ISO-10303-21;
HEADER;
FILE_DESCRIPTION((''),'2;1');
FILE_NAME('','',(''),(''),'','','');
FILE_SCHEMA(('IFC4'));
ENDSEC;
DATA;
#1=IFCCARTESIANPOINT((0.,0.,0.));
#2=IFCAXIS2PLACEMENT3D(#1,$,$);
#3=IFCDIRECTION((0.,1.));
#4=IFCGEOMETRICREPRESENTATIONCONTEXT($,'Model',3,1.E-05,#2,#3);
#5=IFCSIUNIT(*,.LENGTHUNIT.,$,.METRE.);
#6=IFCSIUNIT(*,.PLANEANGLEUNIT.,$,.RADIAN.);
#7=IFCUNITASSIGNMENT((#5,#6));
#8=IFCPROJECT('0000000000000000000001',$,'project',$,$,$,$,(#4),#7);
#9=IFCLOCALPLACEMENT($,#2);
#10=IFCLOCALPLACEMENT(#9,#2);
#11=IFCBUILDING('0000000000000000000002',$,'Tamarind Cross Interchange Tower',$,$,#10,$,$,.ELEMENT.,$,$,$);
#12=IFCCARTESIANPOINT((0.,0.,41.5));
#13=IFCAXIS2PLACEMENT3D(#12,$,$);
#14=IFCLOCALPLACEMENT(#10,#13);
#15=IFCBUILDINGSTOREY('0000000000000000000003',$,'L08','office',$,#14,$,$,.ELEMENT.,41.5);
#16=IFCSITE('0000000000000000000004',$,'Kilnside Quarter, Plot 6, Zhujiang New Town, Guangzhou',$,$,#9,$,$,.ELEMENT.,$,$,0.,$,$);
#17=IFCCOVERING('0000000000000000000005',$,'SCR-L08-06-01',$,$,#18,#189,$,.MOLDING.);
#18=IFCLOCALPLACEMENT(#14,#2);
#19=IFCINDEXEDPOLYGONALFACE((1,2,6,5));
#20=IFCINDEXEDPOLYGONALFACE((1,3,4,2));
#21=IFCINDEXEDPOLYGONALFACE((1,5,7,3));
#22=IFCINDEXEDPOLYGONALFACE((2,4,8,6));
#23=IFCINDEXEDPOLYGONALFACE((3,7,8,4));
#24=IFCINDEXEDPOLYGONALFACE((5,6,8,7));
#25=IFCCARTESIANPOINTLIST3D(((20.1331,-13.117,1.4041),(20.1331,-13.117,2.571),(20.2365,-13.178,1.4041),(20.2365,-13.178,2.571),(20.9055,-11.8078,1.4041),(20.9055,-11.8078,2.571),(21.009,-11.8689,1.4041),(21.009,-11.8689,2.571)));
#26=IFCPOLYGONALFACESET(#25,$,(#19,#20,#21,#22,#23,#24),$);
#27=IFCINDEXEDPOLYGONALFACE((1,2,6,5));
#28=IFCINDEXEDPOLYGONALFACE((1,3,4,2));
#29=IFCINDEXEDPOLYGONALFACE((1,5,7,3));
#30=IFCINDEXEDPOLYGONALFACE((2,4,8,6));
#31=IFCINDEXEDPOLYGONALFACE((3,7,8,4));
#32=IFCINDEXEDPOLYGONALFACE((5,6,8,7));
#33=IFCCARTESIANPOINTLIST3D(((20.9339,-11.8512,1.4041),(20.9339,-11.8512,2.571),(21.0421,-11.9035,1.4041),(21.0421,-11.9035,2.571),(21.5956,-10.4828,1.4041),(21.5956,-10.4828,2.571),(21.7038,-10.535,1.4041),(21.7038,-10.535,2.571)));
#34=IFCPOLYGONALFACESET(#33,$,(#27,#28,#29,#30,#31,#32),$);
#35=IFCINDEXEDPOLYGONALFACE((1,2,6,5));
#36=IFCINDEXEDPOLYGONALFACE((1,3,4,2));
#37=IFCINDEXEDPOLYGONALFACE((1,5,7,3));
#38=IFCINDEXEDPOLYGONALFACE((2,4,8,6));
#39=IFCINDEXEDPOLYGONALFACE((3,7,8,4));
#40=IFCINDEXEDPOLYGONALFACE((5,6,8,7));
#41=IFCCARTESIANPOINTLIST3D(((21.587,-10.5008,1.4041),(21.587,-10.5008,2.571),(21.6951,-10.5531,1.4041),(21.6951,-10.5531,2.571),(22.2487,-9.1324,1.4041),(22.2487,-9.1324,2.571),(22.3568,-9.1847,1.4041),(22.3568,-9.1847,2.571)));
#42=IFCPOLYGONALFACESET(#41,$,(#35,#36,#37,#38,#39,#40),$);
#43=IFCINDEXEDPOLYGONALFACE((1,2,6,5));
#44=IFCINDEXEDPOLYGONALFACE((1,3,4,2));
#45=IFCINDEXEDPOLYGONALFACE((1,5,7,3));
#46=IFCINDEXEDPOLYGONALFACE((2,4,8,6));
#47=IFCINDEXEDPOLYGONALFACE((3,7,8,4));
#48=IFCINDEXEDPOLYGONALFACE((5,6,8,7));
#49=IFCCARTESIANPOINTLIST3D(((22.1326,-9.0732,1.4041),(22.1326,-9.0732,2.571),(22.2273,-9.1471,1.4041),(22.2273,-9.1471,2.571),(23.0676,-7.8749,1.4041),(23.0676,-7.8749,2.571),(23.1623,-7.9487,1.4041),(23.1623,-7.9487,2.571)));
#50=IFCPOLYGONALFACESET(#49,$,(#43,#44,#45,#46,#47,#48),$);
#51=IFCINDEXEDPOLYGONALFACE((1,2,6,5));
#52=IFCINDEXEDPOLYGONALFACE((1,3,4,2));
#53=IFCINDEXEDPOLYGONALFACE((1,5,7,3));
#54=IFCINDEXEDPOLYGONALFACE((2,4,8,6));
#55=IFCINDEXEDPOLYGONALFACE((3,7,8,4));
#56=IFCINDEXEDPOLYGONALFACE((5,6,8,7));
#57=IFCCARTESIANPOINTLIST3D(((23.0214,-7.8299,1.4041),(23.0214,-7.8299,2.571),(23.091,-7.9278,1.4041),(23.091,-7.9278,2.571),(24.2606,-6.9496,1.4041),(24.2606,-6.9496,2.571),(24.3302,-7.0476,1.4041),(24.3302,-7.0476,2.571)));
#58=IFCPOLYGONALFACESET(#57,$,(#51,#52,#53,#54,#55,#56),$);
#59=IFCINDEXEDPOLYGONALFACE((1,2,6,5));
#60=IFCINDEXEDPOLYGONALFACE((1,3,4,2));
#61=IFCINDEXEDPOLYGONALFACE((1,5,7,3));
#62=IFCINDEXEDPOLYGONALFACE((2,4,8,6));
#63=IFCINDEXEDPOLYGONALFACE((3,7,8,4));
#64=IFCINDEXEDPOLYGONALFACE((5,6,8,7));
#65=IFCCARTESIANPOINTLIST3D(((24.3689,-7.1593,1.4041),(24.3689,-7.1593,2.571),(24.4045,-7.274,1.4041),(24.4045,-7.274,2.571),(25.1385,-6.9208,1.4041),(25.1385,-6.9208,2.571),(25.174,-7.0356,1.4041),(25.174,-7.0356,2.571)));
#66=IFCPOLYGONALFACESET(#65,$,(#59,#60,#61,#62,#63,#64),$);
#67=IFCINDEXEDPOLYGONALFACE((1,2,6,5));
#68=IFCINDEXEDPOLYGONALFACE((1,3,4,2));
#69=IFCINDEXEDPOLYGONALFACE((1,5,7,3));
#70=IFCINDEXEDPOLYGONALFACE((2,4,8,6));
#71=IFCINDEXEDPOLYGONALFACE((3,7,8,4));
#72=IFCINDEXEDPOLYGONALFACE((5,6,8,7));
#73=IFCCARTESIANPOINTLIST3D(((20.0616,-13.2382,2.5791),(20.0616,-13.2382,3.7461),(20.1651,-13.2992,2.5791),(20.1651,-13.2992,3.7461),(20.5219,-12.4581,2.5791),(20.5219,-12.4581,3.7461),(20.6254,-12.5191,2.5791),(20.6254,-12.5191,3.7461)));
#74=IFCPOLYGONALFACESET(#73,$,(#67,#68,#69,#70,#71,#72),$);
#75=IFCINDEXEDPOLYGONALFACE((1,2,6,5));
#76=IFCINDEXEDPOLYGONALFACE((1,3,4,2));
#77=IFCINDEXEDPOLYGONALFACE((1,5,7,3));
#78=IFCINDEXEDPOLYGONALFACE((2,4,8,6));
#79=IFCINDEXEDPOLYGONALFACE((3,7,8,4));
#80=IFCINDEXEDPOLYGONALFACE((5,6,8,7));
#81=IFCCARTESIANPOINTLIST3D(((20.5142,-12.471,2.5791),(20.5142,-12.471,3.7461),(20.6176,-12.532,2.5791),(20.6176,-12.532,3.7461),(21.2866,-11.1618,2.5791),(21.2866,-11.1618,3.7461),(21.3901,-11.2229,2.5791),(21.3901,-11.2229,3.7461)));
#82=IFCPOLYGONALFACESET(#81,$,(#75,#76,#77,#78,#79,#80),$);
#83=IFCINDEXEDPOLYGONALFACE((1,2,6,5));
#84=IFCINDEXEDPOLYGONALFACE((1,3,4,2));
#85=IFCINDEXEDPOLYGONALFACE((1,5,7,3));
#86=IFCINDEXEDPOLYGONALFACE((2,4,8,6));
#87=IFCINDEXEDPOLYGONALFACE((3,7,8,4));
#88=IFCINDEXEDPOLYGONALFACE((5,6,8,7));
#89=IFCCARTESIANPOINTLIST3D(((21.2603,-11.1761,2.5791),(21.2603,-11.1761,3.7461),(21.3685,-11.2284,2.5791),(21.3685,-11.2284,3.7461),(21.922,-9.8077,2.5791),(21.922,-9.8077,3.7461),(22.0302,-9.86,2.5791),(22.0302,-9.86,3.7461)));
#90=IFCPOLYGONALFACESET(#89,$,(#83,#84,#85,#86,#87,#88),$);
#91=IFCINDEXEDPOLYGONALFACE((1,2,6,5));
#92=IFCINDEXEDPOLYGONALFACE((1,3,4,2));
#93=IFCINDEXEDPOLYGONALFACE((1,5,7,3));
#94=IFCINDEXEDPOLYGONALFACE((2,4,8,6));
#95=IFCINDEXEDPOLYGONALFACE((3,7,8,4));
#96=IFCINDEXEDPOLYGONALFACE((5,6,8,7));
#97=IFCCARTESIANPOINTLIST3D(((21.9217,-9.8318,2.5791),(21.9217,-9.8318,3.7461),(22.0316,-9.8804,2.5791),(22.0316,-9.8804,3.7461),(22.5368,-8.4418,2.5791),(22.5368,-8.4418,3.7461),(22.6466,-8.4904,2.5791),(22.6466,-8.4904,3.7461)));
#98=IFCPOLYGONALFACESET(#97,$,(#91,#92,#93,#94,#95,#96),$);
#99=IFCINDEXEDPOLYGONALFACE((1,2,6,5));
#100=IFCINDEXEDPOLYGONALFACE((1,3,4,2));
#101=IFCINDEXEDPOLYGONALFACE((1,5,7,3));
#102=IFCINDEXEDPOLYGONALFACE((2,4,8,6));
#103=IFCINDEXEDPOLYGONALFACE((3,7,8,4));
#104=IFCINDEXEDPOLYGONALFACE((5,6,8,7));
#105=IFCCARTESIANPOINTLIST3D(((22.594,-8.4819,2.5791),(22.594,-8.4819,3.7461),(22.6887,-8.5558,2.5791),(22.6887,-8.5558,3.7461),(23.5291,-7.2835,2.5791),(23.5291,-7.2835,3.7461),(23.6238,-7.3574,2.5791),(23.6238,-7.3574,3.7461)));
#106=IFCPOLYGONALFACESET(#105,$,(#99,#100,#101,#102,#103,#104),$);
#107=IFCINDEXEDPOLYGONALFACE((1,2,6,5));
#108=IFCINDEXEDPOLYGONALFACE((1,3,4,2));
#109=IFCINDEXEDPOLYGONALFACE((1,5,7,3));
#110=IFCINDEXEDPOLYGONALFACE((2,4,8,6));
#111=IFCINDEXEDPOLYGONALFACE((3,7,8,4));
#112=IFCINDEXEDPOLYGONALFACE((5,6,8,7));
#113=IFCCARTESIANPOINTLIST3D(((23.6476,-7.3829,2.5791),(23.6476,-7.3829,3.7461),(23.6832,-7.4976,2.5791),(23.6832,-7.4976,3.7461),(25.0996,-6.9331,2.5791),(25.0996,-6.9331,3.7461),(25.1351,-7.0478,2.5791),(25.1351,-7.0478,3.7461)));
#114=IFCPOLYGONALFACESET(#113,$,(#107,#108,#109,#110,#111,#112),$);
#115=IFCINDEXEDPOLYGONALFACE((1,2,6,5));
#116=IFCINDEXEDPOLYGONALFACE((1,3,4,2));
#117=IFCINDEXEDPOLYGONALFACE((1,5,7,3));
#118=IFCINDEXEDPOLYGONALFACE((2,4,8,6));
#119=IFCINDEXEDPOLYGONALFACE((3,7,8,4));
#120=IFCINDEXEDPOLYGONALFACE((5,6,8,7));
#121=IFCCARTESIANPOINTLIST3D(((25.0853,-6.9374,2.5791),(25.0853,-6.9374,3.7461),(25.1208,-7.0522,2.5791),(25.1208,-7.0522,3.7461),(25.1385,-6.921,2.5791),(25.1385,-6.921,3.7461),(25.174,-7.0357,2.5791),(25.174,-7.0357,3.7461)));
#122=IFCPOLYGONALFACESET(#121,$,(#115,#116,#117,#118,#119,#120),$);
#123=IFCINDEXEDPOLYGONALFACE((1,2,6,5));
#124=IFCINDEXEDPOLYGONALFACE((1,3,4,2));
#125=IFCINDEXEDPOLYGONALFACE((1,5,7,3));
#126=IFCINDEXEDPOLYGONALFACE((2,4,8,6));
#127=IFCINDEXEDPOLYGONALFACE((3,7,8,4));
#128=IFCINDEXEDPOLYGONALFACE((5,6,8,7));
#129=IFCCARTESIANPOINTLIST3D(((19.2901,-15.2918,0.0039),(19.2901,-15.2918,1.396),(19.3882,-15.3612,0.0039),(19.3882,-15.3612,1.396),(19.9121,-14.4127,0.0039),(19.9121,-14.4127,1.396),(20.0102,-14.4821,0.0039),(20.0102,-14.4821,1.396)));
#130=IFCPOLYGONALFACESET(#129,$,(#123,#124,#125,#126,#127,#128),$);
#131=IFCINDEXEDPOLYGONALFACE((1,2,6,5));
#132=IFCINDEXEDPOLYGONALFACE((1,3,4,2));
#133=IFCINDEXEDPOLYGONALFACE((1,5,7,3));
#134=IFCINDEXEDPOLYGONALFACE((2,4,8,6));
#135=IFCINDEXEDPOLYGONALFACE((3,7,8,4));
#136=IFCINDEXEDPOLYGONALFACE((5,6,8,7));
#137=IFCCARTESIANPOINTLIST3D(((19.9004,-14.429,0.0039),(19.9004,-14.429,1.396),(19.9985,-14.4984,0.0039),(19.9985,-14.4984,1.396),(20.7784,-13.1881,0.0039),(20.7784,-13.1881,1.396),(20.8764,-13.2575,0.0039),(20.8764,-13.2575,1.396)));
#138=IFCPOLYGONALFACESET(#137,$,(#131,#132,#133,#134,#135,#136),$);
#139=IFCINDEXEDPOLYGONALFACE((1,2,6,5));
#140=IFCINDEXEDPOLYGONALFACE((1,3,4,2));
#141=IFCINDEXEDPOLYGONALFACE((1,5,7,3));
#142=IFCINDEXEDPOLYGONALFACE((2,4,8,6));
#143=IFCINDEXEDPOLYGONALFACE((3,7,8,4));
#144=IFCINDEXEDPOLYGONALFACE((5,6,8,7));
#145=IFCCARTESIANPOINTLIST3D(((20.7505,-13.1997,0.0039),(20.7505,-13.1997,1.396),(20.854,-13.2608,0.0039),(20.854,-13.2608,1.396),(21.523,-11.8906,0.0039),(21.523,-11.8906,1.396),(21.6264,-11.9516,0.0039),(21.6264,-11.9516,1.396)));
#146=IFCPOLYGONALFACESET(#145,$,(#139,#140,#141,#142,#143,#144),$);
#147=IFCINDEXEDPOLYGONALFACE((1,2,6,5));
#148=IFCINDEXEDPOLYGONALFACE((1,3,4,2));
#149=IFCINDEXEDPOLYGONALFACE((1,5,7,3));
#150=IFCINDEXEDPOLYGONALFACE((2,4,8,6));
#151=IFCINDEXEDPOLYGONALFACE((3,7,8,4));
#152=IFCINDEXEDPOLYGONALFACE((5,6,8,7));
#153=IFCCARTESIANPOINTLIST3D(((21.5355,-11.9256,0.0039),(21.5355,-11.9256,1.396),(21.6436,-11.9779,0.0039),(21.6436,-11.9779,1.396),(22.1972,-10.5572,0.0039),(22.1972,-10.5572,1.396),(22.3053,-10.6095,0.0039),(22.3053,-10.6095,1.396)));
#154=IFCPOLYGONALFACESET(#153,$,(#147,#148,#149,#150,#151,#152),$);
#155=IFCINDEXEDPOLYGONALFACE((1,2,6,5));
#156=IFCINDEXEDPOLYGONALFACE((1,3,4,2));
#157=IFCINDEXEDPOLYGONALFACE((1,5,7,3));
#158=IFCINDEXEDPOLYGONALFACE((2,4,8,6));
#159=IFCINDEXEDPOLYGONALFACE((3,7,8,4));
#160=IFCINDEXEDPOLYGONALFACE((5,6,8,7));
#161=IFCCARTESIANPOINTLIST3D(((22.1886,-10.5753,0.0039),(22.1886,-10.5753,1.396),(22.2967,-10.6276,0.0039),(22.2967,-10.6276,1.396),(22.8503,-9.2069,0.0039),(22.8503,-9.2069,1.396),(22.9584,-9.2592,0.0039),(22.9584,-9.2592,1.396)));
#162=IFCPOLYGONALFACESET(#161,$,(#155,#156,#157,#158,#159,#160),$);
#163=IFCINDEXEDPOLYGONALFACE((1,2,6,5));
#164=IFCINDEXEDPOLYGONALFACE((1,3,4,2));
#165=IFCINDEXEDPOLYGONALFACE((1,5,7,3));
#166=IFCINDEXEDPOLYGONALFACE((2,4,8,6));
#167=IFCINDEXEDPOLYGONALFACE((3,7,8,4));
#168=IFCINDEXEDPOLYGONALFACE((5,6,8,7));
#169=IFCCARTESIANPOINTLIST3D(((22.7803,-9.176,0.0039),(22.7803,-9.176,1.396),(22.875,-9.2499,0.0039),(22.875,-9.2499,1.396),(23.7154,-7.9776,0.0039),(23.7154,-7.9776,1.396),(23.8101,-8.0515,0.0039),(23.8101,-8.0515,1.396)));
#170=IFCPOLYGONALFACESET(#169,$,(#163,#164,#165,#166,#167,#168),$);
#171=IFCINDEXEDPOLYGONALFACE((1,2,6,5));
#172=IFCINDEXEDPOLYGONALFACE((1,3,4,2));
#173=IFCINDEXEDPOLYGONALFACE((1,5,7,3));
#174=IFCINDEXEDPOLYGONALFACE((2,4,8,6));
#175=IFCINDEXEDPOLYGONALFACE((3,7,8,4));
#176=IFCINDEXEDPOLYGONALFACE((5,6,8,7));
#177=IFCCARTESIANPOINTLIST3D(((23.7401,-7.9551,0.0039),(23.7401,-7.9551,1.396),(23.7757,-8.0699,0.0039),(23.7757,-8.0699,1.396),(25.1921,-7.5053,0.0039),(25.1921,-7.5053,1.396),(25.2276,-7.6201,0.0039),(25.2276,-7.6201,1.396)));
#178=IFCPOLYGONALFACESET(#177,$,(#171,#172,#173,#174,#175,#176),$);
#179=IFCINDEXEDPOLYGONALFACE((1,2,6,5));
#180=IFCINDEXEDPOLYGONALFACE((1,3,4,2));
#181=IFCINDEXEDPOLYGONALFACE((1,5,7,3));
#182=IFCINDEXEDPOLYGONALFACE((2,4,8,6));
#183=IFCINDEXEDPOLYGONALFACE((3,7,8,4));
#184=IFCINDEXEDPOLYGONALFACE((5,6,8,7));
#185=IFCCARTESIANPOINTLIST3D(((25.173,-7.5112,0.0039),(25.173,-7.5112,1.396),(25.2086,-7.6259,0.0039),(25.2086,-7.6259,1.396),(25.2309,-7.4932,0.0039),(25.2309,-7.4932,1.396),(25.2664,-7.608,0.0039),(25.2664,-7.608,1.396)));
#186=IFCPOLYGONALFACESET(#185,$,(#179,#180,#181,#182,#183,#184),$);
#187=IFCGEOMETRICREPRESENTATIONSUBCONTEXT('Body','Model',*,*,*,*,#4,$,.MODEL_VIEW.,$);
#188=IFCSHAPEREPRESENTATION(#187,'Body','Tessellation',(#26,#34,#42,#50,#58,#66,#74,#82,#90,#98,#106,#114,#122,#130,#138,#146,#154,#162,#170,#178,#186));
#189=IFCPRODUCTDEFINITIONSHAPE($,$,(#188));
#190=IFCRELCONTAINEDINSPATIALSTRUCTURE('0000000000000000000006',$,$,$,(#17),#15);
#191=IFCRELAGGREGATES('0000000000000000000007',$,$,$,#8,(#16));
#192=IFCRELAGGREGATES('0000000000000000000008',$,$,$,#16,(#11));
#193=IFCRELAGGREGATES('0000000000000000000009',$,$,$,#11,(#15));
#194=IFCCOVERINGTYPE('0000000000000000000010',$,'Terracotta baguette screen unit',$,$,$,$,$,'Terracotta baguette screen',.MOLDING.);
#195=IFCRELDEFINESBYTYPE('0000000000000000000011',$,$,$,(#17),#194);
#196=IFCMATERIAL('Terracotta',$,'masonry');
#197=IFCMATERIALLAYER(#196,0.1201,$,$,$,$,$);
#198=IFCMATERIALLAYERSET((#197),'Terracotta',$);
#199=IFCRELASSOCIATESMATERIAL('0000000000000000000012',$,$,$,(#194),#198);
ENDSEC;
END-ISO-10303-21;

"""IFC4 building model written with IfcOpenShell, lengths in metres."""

from ifc_helpers import new_model, si_unit, direction, frame, origin, origin_2d, place, context, subcontext, project, spatial, rectangle, extrude, material, layer, layer_set, type_object, element, save


model = new_model("IFC4")

# Units and contexts
model_context = context("Model", 3, precision=1e-05, world=origin(), true_north=direction((0.0, 1.0)))
body_context = subcontext(model_context, "Body", "Model", "MODEL_VIEW")
ifc_project = project(units=[si_unit("LENGTHUNIT", "METRE"), si_unit("PLANEANGLEUNIT", "RADIAN")], contexts=[model_context])

# Site, building, storey
site_placement = place(None, origin())
site = spatial("IfcSite", under=ifc_project, at=site_placement, Name="Kilnside Quarter, Plot 6, Zhujiang New Town, Guangzhou", CompositionType="ELEMENT", RefElevation=0.0)
building_placement = place(site_placement, origin())
building = spatial("IfcBuilding", under=site, at=building_placement, Name="Tamarind Cross Interchange Tower", CompositionType="ELEMENT")
storey_placement = place(building_placement, frame((0.0, 0.0, 41.5)))
storey = spatial("IfcBuildingStorey", under=building, at=storey_placement, Name="L08", Description="office", CompositionType="ELEMENT", Elevation=41.5)

# Covering
ifc_material_1 = material(Name="Terracotta", Category="masonry")
ifc_layer_1 = layer(ifc_material_1, 0.1201)
ifc_layer_set_1 = layer_set([ifc_layer_1], Name="Terracotta")
covering_type = type_object("IfcCoveringType", Name="Terracotta baguette screen unit", ElementType="Terracotta baguette screen", PredefinedType="MOLDING", material=ifc_layer_set_1)
covering_1_placement = place(storey_placement, origin())
element("IfcCovering", 1, at=covering_1_placement, inside=storey, type_object=covering_type, Name="SCR-L08-06-01", PredefinedType="MOLDING", context=body_context, shape_type="SweptSolid", body=[
    extrude(rectangle(XDim=1.52, YDim=0.1201, at=origin_2d()), frame((20.571, -12.4929, 1.4041), z_axis=(0.0, 0.0, 1.0), x_axis=(0.508183, 0.861249, 0.0)), (0.0, 0.0, 1.0), 1.167),
    extrude(rectangle(XDim=1.52, YDim=0.1201, at=origin_2d()), frame((21.3188, -11.1931, 1.4041), z_axis=(0.0, 0.0, 1.0), x_axis=(0.435326, 0.900273, 0.0)), (0.0, 0.0, 1.0), 1.167),
    extrude(rectangle(XDim=1.52, YDim=0.1201, at=origin_2d()), frame((21.9719, -9.8428, 1.4041), z_axis=(0.0, 0.0, 1.0), x_axis=(0.435326, 0.900273, 0.0)), (0.0, 0.0, 1.0), 1.167),
    extrude(rectangle(XDim=1.52, YDim=0.1201, at=origin_2d()), frame((22.6475, -8.511, 1.4041), z_axis=(0.0, 0.0, 1.0), x_axis=(0.615172, 0.788393, 0.0)), (0.0, 0.0, 1.0), 1.167),
    extrude(rectangle(XDim=1.52, YDim=0.1201, at=origin_2d()), frame((23.6758, -7.4387, 1.4041), z_axis=(0.0, 0.0, 1.0), x_axis=(0.81526, 0.579095, 0.0)), (0.0, 0.0, 1.0), 1.167),
    extrude(rectangle(XDim=0.8057, YDim=0.1201, at=origin_2d()), frame((24.7715, -7.0974, 1.4041), z_axis=(0.0, 0.0, 1.0), x_axis=(0.955212, 0.295922, 0.0)), (0.0, 0.0, 1.0), 1.167),
    extrude(rectangle(XDim=0.9058, YDim=0.1201, at=origin_2d()), frame((20.3435, -12.8787, 2.5791), z_axis=(0.0, 0.0, 1.0), x_axis=(0.508183, 0.861249, 0.0)), (0.0, 0.0, 1.0), 1.167),
    extrude(rectangle(XDim=1.52, YDim=0.1201, at=origin_2d()), frame((20.9521, -11.8469, 2.5791), z_axis=(0.0, 0.0, 1.0), x_axis=(0.508183, 0.861249, 0.0)), (0.0, 0.0, 1.0), 1.167),
    extrude(rectangle(XDim=1.52, YDim=0.1201, at=origin_2d()), frame((21.6453, -10.5181, 2.5791), z_axis=(0.0, 0.0, 1.0), x_axis=(0.435326, 0.900273, 0.0)), (0.0, 0.0, 1.0), 1.167),
    extrude(rectangle(XDim=1.52, YDim=0.1201, at=origin_2d()), frame((22.2842, -9.1611, 2.5791), z_axis=(0.0, 0.0, 1.0), x_axis=(0.40464, 0.914476, 0.0)), (0.0, 0.0, 1.0), 1.167),
    extrude(rectangle(XDim=1.52, YDim=0.1201, at=origin_2d()), frame((23.1089, -7.9197, 2.5791), z_axis=(0.0, 0.0, 1.0), x_axis=(0.615172, 0.788393, 0.0)), (0.0, 0.0, 1.0), 1.167),
    extrude(rectangle(XDim=1.52, YDim=0.1201, at=origin_2d()), frame((24.3914, -7.2153, 2.5791), z_axis=(0.0, 0.0, 1.0), x_axis=(0.955212, 0.295922, 0.0)), (0.0, 0.0, 1.0), 1.167),
    extrude(rectangle(XDim=0.0557, YDim=0.1201, at=origin_2d()), frame((25.1296, -6.9866, 2.5791), z_axis=(0.0, 0.0, 1.0), x_axis=(0.955212, 0.295922, 0.0)), (0.0, 0.0, 1.0), 1.167),
    extrude(rectangle(XDim=1.0769, YDim=0.1201, at=origin_2d()), frame((19.6501, -14.887, 0.0039), z_axis=(0.0, 0.0, 1.0), x_axis=(0.577569, 0.816342, 0.0)), (0.0, 0.0, 1.0), 1.3921),
    extrude(rectangle(XDim=1.52, YDim=0.1201, at=origin_2d()), frame((20.3884, -13.8433, 0.0039), z_axis=(0.0, 0.0, 1.0), x_axis=(0.577569, 0.816342, 0.0)), (0.0, 0.0, 1.0), 1.3921),
    extrude(rectangle(XDim=1.52, YDim=0.1201, at=origin_2d()), frame((21.1885, -12.5757, 0.0039), z_axis=(0.0, 0.0, 1.0), x_axis=(0.508183, 0.861249, 0.0)), (0.0, 0.0, 1.0), 1.3921),
    extrude(rectangle(XDim=1.52, YDim=0.1201, at=origin_2d()), frame((21.9204, -11.2676, 0.0039), z_axis=(0.0, 0.0, 1.0), x_axis=(0.435326, 0.900273, 0.0)), (0.0, 0.0, 1.0), 1.3921),
    extrude(rectangle(XDim=1.52, YDim=0.1201, at=origin_2d()), frame((22.5735, -9.9172, 0.0039), z_axis=(0.0, 0.0, 1.0), x_axis=(0.435326, 0.900273, 0.0)), (0.0, 0.0, 1.0), 1.3921),
    extrude(rectangle(XDim=1.52, YDim=0.1201, at=origin_2d()), frame((23.2952, -8.6138, 0.0039), z_axis=(0.0, 0.0, 1.0), x_axis=(0.615172, 0.788393, 0.0)), (0.0, 0.0, 1.0), 1.3921),
    extrude(rectangle(XDim=1.52, YDim=0.1201, at=origin_2d()), frame((24.4839, -7.7876, 0.0039), z_axis=(0.0, 0.0, 1.0), x_axis=(0.955212, 0.295922, 0.0)), (0.0, 0.0, 1.0), 1.3921),
    extrude(rectangle(XDim=0.0605, YDim=0.1201, at=origin_2d()), frame((25.2197, -7.5596, 0.0039), z_axis=(0.0, 0.0, 1.0), x_axis=(0.955212, 0.295922, 0.0)), (0.0, 0.0, 1.0), 1.3921),
])

save(model, "model.ifc")
